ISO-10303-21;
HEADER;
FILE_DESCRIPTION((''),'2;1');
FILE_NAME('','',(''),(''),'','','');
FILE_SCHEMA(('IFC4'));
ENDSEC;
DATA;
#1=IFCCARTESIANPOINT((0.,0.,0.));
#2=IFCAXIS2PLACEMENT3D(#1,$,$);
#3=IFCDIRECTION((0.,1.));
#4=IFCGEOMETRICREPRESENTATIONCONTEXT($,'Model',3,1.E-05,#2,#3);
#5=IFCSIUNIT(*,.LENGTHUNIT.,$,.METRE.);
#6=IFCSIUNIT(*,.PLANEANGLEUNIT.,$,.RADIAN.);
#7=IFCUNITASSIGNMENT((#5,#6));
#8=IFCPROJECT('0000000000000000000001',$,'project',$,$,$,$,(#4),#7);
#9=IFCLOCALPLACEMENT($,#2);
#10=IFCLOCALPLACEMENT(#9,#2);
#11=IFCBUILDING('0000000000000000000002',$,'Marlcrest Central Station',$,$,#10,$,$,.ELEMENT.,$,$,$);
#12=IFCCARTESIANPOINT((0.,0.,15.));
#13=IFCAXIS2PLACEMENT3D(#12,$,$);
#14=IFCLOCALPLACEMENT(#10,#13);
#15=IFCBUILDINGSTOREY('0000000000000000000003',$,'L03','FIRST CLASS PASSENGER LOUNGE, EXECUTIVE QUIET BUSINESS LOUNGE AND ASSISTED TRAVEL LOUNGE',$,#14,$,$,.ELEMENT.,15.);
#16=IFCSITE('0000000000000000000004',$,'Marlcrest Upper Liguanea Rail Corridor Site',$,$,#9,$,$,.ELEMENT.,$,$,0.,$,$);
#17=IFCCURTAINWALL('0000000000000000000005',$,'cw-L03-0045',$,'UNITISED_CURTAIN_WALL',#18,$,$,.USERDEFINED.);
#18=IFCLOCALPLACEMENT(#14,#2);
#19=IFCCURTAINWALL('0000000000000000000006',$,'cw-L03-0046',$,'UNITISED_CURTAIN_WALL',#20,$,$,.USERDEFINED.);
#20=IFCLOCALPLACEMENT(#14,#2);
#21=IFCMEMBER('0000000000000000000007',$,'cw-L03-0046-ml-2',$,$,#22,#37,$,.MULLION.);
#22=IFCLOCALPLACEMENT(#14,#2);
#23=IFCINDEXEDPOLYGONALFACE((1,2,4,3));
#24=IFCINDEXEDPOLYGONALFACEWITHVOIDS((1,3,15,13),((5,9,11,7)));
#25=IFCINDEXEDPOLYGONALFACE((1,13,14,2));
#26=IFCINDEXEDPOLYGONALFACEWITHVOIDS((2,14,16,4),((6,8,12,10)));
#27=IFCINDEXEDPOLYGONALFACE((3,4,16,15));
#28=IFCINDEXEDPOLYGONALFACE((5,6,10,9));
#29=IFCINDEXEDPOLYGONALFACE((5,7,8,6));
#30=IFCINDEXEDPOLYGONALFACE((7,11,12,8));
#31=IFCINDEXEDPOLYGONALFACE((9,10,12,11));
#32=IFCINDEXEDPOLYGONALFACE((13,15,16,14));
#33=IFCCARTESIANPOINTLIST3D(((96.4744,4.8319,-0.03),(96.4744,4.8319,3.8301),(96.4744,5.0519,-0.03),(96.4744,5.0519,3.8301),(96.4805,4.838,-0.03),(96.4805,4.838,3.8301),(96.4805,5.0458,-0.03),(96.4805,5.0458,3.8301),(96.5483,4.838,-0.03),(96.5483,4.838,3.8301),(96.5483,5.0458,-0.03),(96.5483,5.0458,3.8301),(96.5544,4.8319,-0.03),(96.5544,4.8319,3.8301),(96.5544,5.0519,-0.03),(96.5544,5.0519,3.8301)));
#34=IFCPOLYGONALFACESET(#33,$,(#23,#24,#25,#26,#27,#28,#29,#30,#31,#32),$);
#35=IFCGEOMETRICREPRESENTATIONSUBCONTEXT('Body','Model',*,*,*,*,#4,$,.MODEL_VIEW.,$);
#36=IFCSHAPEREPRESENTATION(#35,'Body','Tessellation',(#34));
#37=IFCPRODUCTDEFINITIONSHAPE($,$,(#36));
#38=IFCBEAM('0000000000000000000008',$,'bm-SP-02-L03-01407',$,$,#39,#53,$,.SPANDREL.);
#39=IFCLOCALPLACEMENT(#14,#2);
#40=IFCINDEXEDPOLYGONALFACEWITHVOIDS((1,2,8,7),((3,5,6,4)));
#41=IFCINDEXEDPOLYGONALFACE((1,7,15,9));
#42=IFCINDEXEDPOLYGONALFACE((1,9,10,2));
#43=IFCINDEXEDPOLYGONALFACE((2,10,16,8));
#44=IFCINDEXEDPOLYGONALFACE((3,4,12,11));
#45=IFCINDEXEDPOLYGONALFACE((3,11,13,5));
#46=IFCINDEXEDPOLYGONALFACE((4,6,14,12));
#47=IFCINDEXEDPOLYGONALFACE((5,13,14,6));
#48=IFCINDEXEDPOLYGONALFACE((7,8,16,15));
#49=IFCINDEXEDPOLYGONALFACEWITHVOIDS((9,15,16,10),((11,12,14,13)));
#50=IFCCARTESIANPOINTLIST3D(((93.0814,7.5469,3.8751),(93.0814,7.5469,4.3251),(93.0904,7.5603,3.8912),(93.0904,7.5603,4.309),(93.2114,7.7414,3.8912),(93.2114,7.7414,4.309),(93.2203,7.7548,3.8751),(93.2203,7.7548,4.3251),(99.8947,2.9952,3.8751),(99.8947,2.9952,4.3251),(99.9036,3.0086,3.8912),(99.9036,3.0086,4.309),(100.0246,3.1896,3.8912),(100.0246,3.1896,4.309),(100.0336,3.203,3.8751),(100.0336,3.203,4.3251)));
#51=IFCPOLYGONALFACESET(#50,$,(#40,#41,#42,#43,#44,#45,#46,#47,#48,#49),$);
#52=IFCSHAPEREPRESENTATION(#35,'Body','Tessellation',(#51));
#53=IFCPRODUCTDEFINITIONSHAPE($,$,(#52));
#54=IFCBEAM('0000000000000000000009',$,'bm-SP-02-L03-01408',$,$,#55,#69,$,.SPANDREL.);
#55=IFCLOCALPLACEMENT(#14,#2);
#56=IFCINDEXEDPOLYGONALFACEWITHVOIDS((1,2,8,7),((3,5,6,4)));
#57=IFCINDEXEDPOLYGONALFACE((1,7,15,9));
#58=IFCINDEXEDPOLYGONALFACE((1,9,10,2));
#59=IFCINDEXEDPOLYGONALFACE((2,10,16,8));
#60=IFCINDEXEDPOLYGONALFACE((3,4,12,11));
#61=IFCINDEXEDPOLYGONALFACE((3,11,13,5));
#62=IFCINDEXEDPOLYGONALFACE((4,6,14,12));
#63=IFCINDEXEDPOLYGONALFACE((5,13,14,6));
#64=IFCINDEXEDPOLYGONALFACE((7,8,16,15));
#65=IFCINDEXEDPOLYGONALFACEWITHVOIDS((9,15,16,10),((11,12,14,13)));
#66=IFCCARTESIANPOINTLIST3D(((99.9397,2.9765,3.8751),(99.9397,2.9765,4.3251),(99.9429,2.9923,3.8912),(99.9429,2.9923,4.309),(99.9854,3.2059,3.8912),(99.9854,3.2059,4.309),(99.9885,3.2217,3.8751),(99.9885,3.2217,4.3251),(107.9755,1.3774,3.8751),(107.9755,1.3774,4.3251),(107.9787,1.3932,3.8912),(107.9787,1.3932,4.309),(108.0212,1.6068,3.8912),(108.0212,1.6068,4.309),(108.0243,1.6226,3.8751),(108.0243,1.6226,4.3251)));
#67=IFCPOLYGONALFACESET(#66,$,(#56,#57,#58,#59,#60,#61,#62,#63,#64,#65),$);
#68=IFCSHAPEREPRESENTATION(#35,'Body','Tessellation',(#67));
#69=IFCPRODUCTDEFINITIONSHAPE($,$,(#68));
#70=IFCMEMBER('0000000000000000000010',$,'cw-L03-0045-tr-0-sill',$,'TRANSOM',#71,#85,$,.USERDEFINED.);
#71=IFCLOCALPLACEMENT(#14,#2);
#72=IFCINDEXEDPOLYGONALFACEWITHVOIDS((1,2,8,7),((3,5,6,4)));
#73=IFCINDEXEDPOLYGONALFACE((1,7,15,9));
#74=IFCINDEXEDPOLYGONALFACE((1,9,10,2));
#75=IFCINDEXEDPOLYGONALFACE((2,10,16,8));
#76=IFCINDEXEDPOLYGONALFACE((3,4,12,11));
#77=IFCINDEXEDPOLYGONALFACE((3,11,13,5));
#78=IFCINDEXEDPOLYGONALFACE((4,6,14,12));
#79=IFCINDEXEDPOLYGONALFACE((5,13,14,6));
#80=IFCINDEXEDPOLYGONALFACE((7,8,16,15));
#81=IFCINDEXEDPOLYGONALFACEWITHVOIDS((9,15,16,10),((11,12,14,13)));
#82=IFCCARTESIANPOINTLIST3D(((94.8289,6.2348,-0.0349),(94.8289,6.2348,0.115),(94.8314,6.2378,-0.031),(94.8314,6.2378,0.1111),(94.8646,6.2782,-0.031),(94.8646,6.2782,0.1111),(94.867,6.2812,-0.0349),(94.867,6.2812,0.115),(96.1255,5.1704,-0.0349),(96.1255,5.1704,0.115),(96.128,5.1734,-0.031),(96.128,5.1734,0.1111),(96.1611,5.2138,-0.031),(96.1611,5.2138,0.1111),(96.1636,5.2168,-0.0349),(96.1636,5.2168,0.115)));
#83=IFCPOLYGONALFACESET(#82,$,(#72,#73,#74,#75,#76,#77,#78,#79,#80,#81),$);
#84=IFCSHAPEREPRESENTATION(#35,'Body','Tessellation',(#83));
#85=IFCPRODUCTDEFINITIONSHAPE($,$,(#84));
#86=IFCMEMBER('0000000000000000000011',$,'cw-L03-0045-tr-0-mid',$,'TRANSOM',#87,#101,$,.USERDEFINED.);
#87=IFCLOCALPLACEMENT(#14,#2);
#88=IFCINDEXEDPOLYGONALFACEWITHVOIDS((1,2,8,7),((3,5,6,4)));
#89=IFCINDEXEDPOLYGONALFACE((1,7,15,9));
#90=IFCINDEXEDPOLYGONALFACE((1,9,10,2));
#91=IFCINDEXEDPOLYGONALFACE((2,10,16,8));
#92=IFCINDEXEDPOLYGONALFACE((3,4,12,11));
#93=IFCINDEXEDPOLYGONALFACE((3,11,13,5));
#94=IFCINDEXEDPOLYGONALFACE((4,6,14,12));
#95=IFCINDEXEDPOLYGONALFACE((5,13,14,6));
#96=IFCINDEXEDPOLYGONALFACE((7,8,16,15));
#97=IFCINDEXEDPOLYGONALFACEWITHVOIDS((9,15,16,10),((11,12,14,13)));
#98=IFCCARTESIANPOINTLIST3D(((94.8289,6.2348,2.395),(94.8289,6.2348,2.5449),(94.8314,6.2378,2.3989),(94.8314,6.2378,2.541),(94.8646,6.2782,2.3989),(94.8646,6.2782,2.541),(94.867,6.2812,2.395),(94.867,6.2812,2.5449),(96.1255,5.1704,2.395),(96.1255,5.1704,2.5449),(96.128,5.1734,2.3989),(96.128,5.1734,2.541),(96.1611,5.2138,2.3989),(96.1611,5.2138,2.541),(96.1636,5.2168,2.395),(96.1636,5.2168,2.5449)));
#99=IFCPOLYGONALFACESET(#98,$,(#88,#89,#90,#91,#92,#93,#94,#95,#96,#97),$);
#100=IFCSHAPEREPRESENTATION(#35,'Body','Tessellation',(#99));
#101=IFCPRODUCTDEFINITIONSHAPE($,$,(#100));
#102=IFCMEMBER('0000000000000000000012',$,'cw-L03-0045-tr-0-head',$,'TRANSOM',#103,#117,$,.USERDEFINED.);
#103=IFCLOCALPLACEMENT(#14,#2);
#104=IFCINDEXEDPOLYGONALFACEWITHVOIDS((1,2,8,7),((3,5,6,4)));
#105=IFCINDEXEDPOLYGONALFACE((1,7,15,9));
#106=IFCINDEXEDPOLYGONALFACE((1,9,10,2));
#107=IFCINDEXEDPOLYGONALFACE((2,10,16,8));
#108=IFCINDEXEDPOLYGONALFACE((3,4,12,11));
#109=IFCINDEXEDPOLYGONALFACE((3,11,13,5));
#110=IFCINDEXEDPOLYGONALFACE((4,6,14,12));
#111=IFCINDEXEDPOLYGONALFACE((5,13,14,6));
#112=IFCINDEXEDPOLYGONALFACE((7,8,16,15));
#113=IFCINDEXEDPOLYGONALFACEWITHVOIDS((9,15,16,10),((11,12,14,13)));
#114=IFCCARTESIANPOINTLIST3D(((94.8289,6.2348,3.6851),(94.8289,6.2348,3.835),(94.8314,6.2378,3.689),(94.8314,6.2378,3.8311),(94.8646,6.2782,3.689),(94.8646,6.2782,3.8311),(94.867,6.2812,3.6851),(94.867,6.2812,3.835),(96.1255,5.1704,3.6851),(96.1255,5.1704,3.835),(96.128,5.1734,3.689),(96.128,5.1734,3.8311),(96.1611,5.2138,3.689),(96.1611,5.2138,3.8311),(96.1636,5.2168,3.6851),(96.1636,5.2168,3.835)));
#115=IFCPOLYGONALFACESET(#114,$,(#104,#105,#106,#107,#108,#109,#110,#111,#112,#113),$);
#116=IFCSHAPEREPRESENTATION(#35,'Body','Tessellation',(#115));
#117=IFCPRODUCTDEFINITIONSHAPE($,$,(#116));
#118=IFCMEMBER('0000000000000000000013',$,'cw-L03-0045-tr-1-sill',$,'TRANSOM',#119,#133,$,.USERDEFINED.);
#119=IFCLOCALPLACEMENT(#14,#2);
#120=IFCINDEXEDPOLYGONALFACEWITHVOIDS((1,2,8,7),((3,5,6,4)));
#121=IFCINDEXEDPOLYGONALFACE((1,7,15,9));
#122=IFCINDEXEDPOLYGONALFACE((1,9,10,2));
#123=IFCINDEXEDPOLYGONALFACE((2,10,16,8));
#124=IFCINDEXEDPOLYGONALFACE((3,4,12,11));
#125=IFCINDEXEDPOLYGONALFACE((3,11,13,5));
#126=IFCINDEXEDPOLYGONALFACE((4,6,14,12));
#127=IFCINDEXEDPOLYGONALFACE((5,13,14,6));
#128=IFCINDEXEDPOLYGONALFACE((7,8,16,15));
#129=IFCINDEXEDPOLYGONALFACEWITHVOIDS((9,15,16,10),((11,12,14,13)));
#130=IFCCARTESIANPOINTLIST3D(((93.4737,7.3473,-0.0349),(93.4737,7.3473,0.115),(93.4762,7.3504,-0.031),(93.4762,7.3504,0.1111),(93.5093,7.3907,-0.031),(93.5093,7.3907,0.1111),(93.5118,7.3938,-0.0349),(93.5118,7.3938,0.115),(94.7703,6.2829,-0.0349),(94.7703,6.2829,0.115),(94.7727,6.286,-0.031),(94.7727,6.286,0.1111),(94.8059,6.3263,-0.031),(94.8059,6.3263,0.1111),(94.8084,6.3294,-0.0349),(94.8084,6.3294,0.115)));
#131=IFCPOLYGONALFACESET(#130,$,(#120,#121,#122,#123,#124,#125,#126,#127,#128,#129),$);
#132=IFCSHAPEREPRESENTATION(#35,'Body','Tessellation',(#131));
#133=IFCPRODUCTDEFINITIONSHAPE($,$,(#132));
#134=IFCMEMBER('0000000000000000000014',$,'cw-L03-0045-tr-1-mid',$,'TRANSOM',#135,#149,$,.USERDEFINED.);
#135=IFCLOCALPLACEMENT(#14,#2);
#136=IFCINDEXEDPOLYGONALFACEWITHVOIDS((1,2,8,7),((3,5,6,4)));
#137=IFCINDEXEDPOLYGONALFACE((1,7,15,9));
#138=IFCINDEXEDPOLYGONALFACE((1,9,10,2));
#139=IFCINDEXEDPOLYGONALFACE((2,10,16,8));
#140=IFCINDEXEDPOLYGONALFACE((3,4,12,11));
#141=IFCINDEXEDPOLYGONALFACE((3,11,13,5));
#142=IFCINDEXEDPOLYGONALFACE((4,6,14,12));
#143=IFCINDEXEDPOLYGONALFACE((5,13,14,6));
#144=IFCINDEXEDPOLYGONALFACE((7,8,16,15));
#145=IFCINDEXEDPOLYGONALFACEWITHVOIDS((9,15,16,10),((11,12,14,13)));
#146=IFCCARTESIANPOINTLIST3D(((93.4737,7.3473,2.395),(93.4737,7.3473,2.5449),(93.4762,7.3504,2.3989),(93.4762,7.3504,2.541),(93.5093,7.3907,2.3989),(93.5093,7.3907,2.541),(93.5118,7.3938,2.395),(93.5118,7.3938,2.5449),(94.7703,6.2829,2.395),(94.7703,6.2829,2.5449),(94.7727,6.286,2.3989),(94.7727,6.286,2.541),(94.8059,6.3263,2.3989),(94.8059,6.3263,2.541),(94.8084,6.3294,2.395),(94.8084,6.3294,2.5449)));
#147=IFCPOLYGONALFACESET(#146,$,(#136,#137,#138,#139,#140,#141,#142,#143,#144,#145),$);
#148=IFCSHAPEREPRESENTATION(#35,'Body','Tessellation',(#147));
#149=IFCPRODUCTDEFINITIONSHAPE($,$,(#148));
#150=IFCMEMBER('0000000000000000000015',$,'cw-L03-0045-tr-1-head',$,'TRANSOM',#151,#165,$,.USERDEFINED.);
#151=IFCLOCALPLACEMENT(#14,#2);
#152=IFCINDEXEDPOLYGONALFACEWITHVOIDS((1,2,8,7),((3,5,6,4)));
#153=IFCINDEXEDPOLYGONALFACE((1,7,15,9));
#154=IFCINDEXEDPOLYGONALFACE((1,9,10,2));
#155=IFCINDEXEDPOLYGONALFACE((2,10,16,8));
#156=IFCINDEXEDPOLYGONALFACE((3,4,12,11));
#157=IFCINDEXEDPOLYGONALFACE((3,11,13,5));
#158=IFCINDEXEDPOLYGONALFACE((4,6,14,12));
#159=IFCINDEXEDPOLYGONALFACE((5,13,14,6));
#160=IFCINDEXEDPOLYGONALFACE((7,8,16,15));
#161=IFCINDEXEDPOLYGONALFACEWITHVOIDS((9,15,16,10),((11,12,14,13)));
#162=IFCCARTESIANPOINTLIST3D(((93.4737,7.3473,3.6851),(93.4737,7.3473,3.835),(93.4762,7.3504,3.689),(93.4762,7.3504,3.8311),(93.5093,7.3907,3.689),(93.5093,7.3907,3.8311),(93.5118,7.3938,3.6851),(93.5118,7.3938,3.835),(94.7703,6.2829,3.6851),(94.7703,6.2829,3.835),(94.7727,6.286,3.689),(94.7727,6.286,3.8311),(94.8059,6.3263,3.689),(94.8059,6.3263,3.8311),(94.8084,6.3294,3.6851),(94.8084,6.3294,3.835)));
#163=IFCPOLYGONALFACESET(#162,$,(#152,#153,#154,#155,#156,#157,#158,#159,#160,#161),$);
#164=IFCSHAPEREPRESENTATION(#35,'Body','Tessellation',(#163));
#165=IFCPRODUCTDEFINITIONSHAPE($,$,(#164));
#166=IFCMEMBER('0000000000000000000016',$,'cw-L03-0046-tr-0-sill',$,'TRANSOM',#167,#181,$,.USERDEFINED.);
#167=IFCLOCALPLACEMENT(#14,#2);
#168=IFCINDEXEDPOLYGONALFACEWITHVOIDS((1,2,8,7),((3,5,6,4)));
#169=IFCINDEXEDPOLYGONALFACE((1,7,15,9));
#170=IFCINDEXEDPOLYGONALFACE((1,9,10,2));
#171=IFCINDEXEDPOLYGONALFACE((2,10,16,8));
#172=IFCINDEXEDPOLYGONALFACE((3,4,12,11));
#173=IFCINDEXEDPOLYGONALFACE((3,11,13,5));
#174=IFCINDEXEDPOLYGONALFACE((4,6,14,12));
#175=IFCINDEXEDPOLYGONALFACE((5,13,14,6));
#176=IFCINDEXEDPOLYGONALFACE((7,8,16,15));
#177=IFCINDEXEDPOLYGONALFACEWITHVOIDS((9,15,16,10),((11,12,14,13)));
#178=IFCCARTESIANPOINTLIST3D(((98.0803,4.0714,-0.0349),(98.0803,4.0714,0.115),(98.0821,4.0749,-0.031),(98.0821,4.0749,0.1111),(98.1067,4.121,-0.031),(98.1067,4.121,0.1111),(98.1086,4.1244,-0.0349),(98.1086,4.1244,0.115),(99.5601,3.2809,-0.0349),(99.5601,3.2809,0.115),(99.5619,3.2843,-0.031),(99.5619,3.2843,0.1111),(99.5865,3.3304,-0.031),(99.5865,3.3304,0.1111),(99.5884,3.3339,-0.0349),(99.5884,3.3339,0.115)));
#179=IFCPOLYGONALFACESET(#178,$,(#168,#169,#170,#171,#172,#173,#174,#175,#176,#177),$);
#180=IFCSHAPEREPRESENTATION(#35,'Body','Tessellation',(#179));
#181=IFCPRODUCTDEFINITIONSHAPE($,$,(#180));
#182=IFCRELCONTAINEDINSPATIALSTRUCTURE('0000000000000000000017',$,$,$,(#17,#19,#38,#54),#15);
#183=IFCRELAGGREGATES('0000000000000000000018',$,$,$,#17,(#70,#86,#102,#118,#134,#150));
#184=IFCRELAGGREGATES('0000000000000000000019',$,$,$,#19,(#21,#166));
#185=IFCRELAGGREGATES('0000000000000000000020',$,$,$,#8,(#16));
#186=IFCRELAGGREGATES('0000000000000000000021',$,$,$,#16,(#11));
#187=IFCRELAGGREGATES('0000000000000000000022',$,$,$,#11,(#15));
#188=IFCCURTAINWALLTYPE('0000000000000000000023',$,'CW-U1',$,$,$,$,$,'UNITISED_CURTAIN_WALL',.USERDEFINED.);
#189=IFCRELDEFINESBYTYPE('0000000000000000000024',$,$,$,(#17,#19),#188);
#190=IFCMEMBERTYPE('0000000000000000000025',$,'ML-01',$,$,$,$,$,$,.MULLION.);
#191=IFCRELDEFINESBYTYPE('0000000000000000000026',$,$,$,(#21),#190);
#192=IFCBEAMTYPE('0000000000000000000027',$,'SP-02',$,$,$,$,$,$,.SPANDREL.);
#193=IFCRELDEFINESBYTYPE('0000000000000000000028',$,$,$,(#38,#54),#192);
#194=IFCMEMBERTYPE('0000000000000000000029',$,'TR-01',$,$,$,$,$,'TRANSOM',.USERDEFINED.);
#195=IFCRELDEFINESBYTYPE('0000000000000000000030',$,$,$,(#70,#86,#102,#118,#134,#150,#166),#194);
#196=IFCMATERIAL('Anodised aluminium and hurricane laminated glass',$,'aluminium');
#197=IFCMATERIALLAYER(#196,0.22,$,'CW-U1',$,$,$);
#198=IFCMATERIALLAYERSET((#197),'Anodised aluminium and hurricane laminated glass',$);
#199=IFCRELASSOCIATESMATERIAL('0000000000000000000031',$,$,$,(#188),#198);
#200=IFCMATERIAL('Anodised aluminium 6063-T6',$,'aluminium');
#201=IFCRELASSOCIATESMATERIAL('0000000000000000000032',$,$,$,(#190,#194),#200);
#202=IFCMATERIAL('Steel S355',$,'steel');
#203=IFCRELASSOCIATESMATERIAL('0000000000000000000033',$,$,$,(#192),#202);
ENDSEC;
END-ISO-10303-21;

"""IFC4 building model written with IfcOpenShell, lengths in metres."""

from ifc_helpers import new_model, si_unit, direction, frame, origin, origin_2d, place, context, subcontext, project, spatial, hollow_rectangle, extrude, material, layer, layer_set, material_profile, profile_set, type_object, element, aggregate, save


model = new_model("IFC4")

# Units and contexts
model_context = context("Model", 3, precision=1e-05, world=origin(), true_north=direction((0.0, 1.0)))
body_context = subcontext(model_context, "Body", "Model", "MODEL_VIEW")
ifc_project = project(units=[si_unit("LENGTHUNIT", "METRE"), si_unit("PLANEANGLEUNIT", "RADIAN")], contexts=[model_context])

# Site, building, storey
site_placement = place(None, origin())
site = spatial("IfcSite", under=ifc_project, at=site_placement, Name="Marlcrest Upper Liguanea Rail Corridor Site", CompositionType="ELEMENT", RefElevation=0.0)
building_placement = place(site_placement, origin())
building = spatial("IfcBuilding", under=site, at=building_placement, Name="Marlcrest Central Station", CompositionType="ELEMENT")
storey_placement = place(building_placement, frame((0.0, 0.0, 15.0)))
storey = spatial("IfcBuildingStorey", under=building, at=storey_placement, Name="L03", Description="FIRST CLASS PASSENGER LOUNGE, EXECUTIVE QUIET BUSINESS LOUNGE AND ASSISTED TRAVEL LOUNGE", CompositionType="ELEMENT", Elevation=15.0)

# Shared definitions
ifc_material_1 = material(Name="Steel S355", Category="steel")

# Curtain walls, member
ifc_material_2 = material(Name="Anodised aluminium and hurricane laminated glass", Category="aluminium")
ifc_layer_1 = layer(ifc_material_2, 0.22, Name="CW-U1")
ifc_layer_set_1 = layer_set([ifc_layer_1], Name="Anodised aluminium and hurricane laminated glass")
curtain_wall_type = type_object("IfcCurtainWallType", Name="CW-U1", ElementType="UNITISED_CURTAIN_WALL", PredefinedType="USERDEFINED", material=ifc_layer_set_1)
curtain_wall_1_placement = place(storey_placement, origin())
curtain_wall_1 = element("IfcCurtainWall", 1, at=curtain_wall_1_placement, inside=storey, type_object=curtain_wall_type, Name="cw-L03-0045", ObjectType="UNITISED_CURTAIN_WALL", PredefinedType="USERDEFINED")
ifc_material_3 = material(Name="Anodised aluminium 6063-T6", Category="aluminium")
ifc_material_profile_1 = material_profile(ifc_material_3, hollow_rectangle(XDim=0.0801, YDim=0.22, WallThickness=0.0061, at=origin_2d()), Name="AA-RHS 220x80x6")
ifc_profile_set_1 = profile_set([ifc_material_profile_1], Name="Anodised aluminium 6063-T6")
member_type_1 = type_object("IfcMemberType", Name="ML-01", PredefinedType="MULLION", material=ifc_profile_set_1)
curtain_wall_2_placement = place(storey_placement, origin())
curtain_wall_2 = element("IfcCurtainWall", 2, at=curtain_wall_2_placement, inside=storey, type_object=curtain_wall_type, Name="cw-L03-0046", ObjectType="UNITISED_CURTAIN_WALL", PredefinedType="USERDEFINED")
member_1_placement = place(storey_placement, frame((96.5144, 4.9419, -0.03), z_axis=(0.0, 0.0, 1.0), x_axis=(1.0, 0.0, 0.0)))
member_1 = element("IfcMember", 3, at=member_1_placement, type_object=member_type_1, Name="cw-L03-0046-ml-2", PredefinedType="MULLION", context=body_context, shape_type="SweptSolid", body=[
    extrude(hollow_rectangle(XDim=0.0801, YDim=0.22, WallThickness=0.0061, at=origin_2d()), origin(), (0.0, 0.0, 1.0), 3.8601),
])

# Beams
ifc_material_profile_2 = material_profile(ifc_material_1, hollow_rectangle(XDim=0.25, YDim=0.45, WallThickness=0.0161, at=origin_2d()), Name="RHS 450x250x16")
ifc_profile_set_2 = profile_set([ifc_material_profile_2], Name="Steel S355")
beam_type = type_object("IfcBeamType", Name="SP-02", PredefinedType="SPANDREL", material=ifc_profile_set_2)
beam_1_placement = place(storey_placement, frame((93.1509, 7.6509, 4.1001), z_axis=(0.831509, -0.555511, 0.0), x_axis=(0.555511, 0.831509, 0.0)))
element("IfcBeam", 4, at=beam_1_placement, inside=storey, type_object=beam_type, Name="bm-SP-02-L03-01407", PredefinedType="SPANDREL", context=body_context, shape_type="SweptSolid", body=[
    extrude(hollow_rectangle(XDim=0.25, YDim=0.45, WallThickness=0.0161, at=origin_2d()), origin(), (0.0, 0.0, 1.0), 8.1938),
])
beam_2_placement = place(storey_placement, frame((99.9641, 3.0991, 4.1001), z_axis=(0.980769, -0.195171, 0.0), x_axis=(0.195171, 0.980769, 0.0)))
element("IfcBeam", 5, at=beam_2_placement, inside=storey, type_object=beam_type, Name="bm-SP-02-L03-01408", PredefinedType="SPANDREL", context=body_context, shape_type="SweptSolid", body=[
    extrude(hollow_rectangle(XDim=0.25, YDim=0.45, WallThickness=0.0161, at=origin_2d()), origin(), (0.0, 0.0, 1.0), 8.1934),
])

# Members
ifc_material_profile_3 = material_profile(ifc_material_3, hollow_rectangle(XDim=0.0601, YDim=0.1499, WallThickness=0.0039, at=origin_2d()), Name="AA-RHS 150x60x4")
ifc_profile_set_3 = profile_set([ifc_material_profile_3], Name="Anodised aluminium 6063-T6")
member_type_2 = type_object("IfcMemberType", Name="TR-01", ElementType="TRANSOM", PredefinedType="USERDEFINED", material=ifc_profile_set_3)
member_2_placement = place(storey_placement, frame((96.1445, 5.1936, 0.04), z_axis=(-0.772912, 0.634513, 0.0), x_axis=(-0.634513, -0.772912, 0.0)))
member_2 = element("IfcMember", 6, at=member_2_placement, type_object=member_type_2, Name="cw-L03-0045-tr-0-sill", ObjectType="TRANSOM", PredefinedType="USERDEFINED", context=body_context, shape_type="SweptSolid", body=[
    extrude(hollow_rectangle(XDim=0.0601, YDim=0.1499, WallThickness=0.0039, at=origin_2d()), origin(), (0.0, 0.0, 1.0), 1.6775),
])
member_3_placement = place(storey_placement, frame((96.1445, 5.1936, 2.47), z_axis=(-0.772912, 0.634513, 0.0), x_axis=(-0.634513, -0.772912, 0.0)))
member_3 = element("IfcMember", 7, at=member_3_placement, type_object=member_type_2, Name="cw-L03-0045-tr-0-mid", ObjectType="TRANSOM", PredefinedType="USERDEFINED", context=body_context, shape_type="SweptSolid", body=[
    extrude(hollow_rectangle(XDim=0.0601, YDim=0.1499, WallThickness=0.0039, at=origin_2d()), origin(), (0.0, 0.0, 1.0), 1.6775),
])
member_4_placement = place(storey_placement, frame((96.1445, 5.1936, 3.76), z_axis=(-0.772912, 0.634513, 0.0), x_axis=(-0.634513, -0.772912, 0.0)))
member_4 = element("IfcMember", 8, at=member_4_placement, type_object=member_type_2, Name="cw-L03-0045-tr-0-head", ObjectType="TRANSOM", PredefinedType="USERDEFINED", context=body_context, shape_type="SweptSolid", body=[
    extrude(hollow_rectangle(XDim=0.0601, YDim=0.1499, WallThickness=0.0039, at=origin_2d()), origin(), (0.0, 0.0, 1.0), 1.6775),
])
member_5_placement = place(storey_placement, frame((94.7893, 6.3062, 0.04), z_axis=(-0.772912, 0.634513, 0.0), x_axis=(-0.634513, -0.772912, 0.0)))
member_5 = element("IfcMember", 9, at=member_5_placement, type_object=member_type_2, Name="cw-L03-0045-tr-1-sill", ObjectType="TRANSOM", PredefinedType="USERDEFINED", context=body_context, shape_type="SweptSolid", body=[
    extrude(hollow_rectangle(XDim=0.0601, YDim=0.1499, WallThickness=0.0039, at=origin_2d()), origin(), (0.0, 0.0, 1.0), 1.6775),
])
member_6_placement = place(storey_placement, frame((94.7893, 6.3062, 2.47), z_axis=(-0.772912, 0.634513, 0.0), x_axis=(-0.634513, -0.772912, 0.0)))
member_6 = element("IfcMember", 10, at=member_6_placement, type_object=member_type_2, Name="cw-L03-0045-tr-1-mid", ObjectType="TRANSOM", PredefinedType="USERDEFINED", context=body_context, shape_type="SweptSolid", body=[
    extrude(hollow_rectangle(XDim=0.0601, YDim=0.1499, WallThickness=0.0039, at=origin_2d()), origin(), (0.0, 0.0, 1.0), 1.6775),
])
member_7_placement = place(storey_placement, frame((94.7893, 6.3062, 3.76), z_axis=(-0.772912, 0.634513, 0.0), x_axis=(-0.634513, -0.772912, 0.0)))
member_7 = element("IfcMember", 11, at=member_7_placement, type_object=member_type_2, Name="cw-L03-0045-tr-1-head", ObjectType="TRANSOM", PredefinedType="USERDEFINED", context=body_context, shape_type="SweptSolid", body=[
    extrude(hollow_rectangle(XDim=0.0601, YDim=0.1499, WallThickness=0.0039, at=origin_2d()), origin(), (0.0, 0.0, 1.0), 1.6775),
])
member_8_placement = place(storey_placement, frame((99.5742, 3.3074, 0.04), z_axis=(-0.882022, 0.471207, 0.0), x_axis=(-0.471207, -0.882022, 0.0)))
member_8 = element("IfcMember", 12, at=member_8_placement, type_object=member_type_2, Name="cw-L03-0046-tr-0-sill", ObjectType="TRANSOM", PredefinedType="USERDEFINED", context=body_context, shape_type="SweptSolid", body=[
    extrude(hollow_rectangle(XDim=0.0601, YDim=0.1499, WallThickness=0.0039, at=origin_2d()), origin(), (0.0, 0.0, 1.0), 1.6777),
])

aggregate(curtain_wall_1, [member_2, member_3, member_4, member_5, member_6, member_7])
aggregate(curtain_wall_2, [member_1, member_8])

save(model, "model.ifc")
